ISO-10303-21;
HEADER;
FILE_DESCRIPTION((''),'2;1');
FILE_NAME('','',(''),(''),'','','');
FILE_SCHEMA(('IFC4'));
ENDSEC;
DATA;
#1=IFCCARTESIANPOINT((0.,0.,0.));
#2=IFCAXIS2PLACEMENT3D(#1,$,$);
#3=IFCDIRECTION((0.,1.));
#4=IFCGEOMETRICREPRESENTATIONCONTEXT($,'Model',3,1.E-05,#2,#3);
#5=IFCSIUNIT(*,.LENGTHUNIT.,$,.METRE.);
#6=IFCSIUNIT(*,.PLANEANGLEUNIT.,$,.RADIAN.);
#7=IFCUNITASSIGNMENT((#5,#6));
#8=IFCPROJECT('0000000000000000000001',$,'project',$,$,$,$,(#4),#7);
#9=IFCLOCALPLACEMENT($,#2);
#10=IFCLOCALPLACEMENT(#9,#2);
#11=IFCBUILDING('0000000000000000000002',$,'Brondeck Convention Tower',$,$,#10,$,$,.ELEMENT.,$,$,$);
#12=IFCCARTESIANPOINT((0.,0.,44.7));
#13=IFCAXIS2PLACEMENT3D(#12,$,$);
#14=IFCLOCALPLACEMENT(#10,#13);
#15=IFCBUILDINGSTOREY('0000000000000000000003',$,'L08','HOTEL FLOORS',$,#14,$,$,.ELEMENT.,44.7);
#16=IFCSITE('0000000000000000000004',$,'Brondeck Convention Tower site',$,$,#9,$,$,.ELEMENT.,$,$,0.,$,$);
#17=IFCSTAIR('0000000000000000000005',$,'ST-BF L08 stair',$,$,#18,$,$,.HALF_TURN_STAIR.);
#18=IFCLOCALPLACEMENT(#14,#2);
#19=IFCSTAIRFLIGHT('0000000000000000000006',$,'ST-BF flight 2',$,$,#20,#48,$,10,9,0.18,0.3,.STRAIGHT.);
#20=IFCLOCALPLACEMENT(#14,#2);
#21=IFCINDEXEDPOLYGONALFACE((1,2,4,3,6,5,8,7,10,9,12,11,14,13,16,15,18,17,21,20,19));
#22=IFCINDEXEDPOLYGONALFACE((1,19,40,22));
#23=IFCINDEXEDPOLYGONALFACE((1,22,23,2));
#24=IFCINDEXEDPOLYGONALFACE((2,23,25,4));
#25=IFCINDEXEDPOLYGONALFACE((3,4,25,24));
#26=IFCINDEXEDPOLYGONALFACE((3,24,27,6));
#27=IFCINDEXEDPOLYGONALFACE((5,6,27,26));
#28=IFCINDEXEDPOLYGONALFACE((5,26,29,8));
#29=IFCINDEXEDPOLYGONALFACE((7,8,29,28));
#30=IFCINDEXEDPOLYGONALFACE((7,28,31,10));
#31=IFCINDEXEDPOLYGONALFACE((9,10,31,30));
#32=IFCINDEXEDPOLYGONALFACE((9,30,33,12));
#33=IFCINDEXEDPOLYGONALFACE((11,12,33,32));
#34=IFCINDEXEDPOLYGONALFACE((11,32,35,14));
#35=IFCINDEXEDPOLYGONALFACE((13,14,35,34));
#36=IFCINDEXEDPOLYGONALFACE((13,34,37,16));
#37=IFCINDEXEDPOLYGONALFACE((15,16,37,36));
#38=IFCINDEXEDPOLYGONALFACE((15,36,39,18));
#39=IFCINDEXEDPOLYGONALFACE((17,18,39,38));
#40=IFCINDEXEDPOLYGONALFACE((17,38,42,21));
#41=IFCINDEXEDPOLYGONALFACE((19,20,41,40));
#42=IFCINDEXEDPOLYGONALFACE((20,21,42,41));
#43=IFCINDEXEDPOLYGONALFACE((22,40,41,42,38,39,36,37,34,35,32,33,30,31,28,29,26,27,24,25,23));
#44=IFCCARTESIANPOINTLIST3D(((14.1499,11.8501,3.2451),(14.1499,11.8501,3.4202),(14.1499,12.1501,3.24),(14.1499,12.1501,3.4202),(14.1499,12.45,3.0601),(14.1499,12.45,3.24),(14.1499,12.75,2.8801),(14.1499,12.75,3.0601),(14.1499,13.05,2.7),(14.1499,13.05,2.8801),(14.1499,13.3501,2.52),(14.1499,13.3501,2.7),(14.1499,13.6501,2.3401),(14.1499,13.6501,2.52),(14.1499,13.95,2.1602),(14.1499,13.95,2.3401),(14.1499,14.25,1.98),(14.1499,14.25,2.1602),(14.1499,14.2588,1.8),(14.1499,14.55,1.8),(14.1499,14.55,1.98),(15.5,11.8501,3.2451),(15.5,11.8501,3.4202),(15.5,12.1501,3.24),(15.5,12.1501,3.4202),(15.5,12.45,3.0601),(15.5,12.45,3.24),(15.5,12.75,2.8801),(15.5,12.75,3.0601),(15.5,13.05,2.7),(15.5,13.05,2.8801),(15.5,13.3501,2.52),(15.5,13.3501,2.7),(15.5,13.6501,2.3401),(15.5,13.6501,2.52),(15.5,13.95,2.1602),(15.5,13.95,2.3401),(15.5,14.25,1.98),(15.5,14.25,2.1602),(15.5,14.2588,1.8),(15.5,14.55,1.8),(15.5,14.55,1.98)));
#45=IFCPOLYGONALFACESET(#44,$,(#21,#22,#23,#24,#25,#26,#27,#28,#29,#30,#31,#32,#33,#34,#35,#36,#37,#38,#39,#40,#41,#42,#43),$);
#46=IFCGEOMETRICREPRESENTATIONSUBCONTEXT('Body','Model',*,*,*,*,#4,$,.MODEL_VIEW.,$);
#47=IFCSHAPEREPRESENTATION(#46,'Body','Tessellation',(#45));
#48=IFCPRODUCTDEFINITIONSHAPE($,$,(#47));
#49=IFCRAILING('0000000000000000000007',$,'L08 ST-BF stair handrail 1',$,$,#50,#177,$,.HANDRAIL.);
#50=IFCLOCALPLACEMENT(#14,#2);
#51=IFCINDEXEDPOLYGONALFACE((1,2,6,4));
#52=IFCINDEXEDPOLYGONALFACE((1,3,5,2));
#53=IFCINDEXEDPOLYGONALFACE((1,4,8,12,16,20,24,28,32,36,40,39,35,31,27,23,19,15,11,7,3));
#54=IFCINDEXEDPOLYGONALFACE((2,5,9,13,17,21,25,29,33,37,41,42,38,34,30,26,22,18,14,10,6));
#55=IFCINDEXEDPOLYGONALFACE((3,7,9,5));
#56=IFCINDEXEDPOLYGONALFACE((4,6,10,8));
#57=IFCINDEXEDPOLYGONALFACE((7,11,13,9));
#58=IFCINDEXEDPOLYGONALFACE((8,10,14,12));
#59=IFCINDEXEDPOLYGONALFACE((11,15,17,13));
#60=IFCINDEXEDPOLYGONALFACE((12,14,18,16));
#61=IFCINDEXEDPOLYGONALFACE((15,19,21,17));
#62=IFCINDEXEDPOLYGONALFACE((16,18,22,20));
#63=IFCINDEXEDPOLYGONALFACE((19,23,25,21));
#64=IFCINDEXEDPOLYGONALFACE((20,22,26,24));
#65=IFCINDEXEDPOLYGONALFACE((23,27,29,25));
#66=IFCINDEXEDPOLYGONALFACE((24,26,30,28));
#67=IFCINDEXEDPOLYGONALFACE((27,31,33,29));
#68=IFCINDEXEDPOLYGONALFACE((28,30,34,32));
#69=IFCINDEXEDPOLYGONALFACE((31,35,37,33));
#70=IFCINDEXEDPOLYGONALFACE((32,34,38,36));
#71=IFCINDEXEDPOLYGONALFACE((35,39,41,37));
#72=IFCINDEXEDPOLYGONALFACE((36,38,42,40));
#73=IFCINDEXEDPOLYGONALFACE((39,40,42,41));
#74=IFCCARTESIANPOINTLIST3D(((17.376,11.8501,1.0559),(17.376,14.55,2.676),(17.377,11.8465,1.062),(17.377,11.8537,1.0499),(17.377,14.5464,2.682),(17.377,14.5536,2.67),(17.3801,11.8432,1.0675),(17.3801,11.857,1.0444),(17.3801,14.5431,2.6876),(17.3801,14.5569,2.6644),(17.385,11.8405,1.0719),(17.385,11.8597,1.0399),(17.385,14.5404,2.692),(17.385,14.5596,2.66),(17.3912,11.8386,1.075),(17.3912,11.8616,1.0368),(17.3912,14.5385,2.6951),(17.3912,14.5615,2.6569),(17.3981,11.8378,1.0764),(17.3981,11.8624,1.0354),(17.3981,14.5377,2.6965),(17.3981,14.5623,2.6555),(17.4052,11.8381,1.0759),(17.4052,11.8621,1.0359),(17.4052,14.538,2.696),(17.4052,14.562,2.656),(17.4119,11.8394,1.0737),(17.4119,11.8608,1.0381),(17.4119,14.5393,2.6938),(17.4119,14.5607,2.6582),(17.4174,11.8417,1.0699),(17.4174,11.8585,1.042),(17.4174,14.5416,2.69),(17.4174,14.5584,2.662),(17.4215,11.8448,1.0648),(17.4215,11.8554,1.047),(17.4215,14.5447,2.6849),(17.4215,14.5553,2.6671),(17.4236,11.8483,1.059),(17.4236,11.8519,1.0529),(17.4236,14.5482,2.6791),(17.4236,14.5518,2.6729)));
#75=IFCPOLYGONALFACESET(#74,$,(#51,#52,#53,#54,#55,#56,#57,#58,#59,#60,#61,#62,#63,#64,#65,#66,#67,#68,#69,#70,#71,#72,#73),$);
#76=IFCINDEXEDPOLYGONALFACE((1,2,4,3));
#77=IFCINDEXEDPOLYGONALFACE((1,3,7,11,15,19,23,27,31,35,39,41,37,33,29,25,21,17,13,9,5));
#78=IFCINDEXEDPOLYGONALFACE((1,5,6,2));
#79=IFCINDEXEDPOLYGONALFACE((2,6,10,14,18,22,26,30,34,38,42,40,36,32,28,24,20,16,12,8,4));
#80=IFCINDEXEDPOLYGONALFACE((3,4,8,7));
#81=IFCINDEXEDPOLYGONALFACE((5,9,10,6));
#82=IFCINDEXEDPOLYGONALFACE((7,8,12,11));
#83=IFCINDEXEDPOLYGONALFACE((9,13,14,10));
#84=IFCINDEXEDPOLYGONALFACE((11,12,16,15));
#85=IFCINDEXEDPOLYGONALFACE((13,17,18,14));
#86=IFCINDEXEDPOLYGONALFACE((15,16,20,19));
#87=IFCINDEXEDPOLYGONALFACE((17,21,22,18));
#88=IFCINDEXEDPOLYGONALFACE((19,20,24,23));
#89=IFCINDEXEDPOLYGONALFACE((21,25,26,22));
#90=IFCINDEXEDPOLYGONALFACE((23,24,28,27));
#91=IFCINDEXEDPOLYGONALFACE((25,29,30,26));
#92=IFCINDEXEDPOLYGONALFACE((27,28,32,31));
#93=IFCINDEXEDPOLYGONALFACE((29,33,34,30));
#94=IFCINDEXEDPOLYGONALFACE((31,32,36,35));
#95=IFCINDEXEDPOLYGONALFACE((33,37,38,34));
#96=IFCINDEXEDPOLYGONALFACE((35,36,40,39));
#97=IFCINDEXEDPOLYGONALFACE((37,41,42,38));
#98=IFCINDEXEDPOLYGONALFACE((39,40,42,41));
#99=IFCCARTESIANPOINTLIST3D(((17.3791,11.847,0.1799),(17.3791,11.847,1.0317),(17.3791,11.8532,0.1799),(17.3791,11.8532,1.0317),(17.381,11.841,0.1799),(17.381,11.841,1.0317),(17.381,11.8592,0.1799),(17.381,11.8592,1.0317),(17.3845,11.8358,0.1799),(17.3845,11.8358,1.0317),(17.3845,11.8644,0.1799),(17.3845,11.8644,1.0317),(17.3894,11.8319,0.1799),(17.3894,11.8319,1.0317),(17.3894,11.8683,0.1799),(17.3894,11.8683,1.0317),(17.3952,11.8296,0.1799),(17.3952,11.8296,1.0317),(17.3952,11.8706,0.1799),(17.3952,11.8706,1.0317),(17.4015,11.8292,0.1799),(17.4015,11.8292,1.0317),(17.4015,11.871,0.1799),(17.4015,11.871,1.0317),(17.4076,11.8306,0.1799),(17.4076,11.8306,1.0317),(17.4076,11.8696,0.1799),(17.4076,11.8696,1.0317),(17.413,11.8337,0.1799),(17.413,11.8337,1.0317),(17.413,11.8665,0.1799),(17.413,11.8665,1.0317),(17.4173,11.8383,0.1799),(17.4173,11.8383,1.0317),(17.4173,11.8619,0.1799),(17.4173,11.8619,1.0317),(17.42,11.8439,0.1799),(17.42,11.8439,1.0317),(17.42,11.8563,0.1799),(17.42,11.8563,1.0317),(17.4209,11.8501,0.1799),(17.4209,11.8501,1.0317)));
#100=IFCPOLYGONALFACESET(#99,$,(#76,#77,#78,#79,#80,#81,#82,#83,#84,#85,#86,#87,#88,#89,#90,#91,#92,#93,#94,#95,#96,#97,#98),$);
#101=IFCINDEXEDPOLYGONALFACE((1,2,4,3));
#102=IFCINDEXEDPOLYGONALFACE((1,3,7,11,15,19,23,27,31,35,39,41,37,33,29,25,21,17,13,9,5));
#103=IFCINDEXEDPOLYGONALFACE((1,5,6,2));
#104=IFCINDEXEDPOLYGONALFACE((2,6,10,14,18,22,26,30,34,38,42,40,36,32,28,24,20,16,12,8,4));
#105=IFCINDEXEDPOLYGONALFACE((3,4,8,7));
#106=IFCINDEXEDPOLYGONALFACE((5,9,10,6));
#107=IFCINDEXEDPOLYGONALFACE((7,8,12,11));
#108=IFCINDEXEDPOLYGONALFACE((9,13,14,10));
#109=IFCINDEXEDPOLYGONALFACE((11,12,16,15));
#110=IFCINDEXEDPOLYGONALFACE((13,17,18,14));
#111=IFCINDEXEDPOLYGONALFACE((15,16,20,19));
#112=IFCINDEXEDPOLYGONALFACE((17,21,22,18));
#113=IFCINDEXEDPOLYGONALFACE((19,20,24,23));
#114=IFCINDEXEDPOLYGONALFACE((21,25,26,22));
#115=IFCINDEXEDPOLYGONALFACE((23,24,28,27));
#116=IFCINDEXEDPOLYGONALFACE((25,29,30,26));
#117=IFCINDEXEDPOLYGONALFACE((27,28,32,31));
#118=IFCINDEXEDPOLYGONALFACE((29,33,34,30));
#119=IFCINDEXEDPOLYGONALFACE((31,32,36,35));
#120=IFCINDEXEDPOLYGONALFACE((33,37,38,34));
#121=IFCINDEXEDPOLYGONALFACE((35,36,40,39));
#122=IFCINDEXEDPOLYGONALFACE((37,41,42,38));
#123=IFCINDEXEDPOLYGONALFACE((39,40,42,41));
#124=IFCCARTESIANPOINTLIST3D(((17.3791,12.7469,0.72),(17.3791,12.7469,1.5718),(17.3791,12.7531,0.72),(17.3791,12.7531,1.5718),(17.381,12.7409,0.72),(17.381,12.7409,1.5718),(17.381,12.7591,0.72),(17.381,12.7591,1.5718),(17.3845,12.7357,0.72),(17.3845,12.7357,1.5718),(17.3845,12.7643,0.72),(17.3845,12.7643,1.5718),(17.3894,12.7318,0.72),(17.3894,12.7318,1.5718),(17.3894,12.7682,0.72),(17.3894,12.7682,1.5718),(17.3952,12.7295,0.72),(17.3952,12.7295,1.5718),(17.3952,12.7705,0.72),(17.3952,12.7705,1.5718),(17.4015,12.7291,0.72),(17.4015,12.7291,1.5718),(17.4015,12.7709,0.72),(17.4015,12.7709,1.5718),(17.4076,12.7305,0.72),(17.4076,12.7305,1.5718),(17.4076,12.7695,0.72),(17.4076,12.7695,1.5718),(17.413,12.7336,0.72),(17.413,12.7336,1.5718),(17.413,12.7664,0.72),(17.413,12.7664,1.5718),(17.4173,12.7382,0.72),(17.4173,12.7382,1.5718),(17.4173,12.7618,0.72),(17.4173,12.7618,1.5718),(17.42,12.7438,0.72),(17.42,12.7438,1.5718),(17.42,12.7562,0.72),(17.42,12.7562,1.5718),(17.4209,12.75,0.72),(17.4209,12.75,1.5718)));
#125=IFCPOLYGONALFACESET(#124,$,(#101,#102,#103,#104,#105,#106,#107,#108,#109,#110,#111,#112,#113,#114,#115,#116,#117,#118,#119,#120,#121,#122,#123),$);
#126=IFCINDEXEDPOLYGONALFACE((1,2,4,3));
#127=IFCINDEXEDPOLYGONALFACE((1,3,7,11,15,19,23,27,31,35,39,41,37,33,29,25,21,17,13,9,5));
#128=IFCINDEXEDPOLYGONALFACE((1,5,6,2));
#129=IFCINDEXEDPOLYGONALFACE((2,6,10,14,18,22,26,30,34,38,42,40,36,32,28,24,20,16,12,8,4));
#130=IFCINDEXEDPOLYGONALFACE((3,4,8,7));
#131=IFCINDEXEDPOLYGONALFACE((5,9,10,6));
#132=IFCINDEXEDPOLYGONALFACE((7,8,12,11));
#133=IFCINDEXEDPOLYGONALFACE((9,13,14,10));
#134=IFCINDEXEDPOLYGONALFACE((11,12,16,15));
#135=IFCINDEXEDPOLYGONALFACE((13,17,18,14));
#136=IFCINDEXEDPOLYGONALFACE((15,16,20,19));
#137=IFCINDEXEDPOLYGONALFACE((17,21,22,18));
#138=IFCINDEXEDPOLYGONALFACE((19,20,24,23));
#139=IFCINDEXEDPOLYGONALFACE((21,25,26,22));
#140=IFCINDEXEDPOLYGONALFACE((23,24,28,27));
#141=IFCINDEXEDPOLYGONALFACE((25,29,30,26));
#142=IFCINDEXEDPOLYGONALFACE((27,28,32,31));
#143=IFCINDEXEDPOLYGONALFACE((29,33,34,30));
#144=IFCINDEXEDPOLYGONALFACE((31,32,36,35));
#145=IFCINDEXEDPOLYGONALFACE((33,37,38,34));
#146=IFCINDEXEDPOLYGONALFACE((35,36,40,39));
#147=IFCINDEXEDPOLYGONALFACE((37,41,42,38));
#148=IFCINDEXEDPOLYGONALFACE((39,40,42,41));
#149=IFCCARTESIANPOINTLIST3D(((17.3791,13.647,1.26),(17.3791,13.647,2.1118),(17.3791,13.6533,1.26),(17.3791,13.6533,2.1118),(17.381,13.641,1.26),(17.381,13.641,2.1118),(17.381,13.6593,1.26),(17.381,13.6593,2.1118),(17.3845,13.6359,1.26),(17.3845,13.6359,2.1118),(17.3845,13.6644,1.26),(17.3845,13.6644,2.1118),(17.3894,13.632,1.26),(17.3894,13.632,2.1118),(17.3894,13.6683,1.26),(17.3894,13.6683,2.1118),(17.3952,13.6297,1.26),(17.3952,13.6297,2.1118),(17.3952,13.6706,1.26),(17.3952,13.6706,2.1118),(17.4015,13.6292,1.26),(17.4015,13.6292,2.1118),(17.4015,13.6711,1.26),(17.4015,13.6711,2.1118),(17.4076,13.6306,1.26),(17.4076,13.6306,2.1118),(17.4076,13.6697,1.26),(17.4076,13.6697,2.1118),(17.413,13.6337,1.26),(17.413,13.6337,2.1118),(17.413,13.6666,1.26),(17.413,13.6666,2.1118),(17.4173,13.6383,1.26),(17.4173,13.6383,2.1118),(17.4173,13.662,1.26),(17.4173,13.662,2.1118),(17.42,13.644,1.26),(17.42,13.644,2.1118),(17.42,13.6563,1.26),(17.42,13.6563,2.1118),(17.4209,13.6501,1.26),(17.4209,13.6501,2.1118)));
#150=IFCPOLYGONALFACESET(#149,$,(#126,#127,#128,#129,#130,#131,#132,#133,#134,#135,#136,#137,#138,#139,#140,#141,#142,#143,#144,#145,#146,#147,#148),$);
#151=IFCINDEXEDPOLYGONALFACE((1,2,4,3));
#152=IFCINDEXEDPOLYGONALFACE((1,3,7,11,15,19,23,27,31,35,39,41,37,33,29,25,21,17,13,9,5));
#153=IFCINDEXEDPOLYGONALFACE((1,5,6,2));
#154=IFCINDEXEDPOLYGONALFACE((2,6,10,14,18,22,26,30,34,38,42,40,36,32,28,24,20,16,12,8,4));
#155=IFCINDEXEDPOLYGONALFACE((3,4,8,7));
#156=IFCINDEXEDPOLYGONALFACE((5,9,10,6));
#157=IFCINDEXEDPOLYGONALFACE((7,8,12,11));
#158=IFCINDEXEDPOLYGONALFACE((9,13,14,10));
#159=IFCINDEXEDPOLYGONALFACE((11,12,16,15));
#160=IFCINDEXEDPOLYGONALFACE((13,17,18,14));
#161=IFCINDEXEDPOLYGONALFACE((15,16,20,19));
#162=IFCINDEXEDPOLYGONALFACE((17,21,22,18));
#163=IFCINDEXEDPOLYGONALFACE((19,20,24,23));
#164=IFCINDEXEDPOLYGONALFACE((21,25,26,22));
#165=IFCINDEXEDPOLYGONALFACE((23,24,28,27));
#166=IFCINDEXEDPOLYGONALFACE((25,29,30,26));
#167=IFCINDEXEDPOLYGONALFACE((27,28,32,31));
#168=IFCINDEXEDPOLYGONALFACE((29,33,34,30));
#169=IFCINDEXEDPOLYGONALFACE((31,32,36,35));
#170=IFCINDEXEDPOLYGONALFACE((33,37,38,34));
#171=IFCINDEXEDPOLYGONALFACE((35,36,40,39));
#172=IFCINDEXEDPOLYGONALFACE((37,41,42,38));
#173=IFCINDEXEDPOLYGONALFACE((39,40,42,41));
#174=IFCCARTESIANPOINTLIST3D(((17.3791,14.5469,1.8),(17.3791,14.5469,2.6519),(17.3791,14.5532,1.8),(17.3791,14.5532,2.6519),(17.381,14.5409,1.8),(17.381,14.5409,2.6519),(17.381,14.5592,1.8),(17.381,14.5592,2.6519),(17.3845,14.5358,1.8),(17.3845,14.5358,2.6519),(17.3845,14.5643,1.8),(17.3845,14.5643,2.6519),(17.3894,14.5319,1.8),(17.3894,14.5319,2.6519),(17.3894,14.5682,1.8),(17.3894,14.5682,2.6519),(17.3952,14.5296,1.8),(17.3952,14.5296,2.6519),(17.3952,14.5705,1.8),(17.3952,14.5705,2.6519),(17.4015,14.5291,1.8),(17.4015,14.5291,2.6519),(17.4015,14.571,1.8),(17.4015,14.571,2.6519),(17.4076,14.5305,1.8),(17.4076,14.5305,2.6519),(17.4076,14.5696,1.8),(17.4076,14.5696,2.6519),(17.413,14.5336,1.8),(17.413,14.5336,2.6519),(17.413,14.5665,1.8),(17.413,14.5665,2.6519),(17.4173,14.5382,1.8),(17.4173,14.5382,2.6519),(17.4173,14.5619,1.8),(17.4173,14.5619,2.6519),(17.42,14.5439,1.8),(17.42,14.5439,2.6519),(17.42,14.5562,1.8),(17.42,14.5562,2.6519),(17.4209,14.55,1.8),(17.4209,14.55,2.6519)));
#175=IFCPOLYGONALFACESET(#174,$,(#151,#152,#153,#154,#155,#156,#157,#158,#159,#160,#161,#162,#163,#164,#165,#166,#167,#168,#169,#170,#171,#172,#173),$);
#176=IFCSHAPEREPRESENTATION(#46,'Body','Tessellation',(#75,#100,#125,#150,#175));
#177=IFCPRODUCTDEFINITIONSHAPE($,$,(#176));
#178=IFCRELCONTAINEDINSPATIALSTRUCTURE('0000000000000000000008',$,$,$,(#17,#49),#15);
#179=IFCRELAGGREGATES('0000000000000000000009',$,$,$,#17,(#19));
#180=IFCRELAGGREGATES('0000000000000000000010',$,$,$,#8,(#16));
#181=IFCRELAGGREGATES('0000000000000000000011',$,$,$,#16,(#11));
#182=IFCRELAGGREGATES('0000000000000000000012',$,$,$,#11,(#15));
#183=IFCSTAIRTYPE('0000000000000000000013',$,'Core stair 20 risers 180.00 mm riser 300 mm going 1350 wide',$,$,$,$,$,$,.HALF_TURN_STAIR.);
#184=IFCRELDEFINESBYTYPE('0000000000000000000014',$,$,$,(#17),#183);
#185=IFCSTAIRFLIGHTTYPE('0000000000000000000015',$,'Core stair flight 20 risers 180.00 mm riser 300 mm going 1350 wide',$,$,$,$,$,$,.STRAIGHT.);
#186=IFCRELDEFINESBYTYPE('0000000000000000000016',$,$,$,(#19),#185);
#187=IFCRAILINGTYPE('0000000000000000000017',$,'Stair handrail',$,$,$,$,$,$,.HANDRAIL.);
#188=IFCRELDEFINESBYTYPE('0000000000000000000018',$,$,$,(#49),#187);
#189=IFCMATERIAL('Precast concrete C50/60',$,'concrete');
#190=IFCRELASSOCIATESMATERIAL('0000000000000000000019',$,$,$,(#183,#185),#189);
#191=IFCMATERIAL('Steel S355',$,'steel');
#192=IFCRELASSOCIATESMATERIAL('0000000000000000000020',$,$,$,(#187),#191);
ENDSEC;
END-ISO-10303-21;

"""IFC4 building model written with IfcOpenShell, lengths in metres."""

from ifc_helpers import new_model, si_unit, direction, frame, origin, origin_2d, place, context, subcontext, project, spatial, polyline, circle, outline, extrude, material, type_object, element, aggregate, save


model = new_model("IFC4")

# Units and contexts
model_context = context("Model", 3, precision=1e-05, world=origin(), true_north=direction((0.0, 1.0)))
body_context = subcontext(model_context, "Body", "Model", "MODEL_VIEW")
ifc_project = project(units=[si_unit("LENGTHUNIT", "METRE"), si_unit("PLANEANGLEUNIT", "RADIAN")], contexts=[model_context])

# Site, building, storey
site_placement = place(None, origin())
site = spatial("IfcSite", under=ifc_project, at=site_placement, Name="Brondeck Convention Tower site", CompositionType="ELEMENT", RefElevation=0.0)
building_placement = place(site_placement, origin())
building = spatial("IfcBuilding", under=site, at=building_placement, Name="Brondeck Convention Tower", CompositionType="ELEMENT")
storey_placement = place(building_placement, frame((0.0, 0.0, 44.7)))
storey = spatial("IfcBuildingStorey", under=building, at=storey_placement, Name="L08", Description="HOTEL FLOORS", CompositionType="ELEMENT", Elevation=44.7)

# Shared definitions
ifc_material_1 = material(Name="Steel S355", Category="steel")

# Stair, stair flight
ifc_material_2 = material(Name="Precast concrete C50/60", Category="concrete")
stair_type = type_object("IfcStairType", Name="Core stair 20 risers 180.00 mm riser 300 mm going 1350 wide", PredefinedType="HALF_TURN_STAIR", material=ifc_material_2)
stair_placement = place(storey_placement, origin())
stair = element("IfcStair", 1, at=stair_placement, inside=storey, type_object=stair_type, Name="ST-BF L08 stair", PredefinedType="HALF_TURN_STAIR")
stair_flight_type = type_object("IfcStairFlightType", Name="Core stair flight 20 risers 180.00 mm riser 300 mm going 1350 wide", PredefinedType="STRAIGHT", material=ifc_material_2)
stair_flight_1_placement = place(storey_placement, frame((14.825, 14.55, 1.8), z_axis=(0.0, 0.0, 1.0), x_axis=(0.0, -1.0, 0.0)))
stair_flight_1 = element("IfcStairFlight", 2, at=stair_flight_1_placement, type_object=stair_flight_type, Name="ST-BF flight 2", NumberOfRisers=10, NumberOfTreads=9, PredefinedType="STRAIGHT", RiserHeight=0.18, TreadLength=0.3, context=body_context, shape_type="SweptSolid", body=[
    extrude(outline(polyline([(0.0, 0.0), (0.0, 0.1799), (0.3, 0.1799), (0.3, 0.3601), (0.6001, 0.3601), (0.6001, 0.54), (0.8999, 0.54), (0.8999, 0.72), (1.2, 0.72), (1.2, 0.8999), (1.5, 0.8999), (1.5, 1.0801), (1.8, 1.0801), (1.8, 1.26), (2.1001, 1.26), (2.1001, 1.4399), (2.3999, 1.4399), (2.3999, 1.6201), (2.7, 1.6201), (2.7, 1.8), (2.7, 1.4451), (0.2913, 0.0), (0.0, 0.0)])), frame((0.0, 0.675, 0.0), z_axis=(0.0, -1.0, 0.0), x_axis=(1.0, 0.0, 0.0)), (0.0, 0.0, 1.0), 1.3501),
])
aggregate(stair, [stair_flight_1])

# Railing
railing_type_1 = type_object("IfcRailingType", Name="Stair handrail", PredefinedType="HANDRAIL", material=ifc_material_1)
railing_1_placement = place(storey_placement, frame((17.3999, 11.8501, 0.1799)))
element("IfcRailing", 3, at=railing_1_placement, inside=storey, type_object=railing_type_1, Name="L08 ST-BF stair handrail 1", PredefinedType="HANDRAIL", context=body_context, shape_type="SweptSolid", body=[
    extrude(circle(Radius=0.0239, at=origin_2d()), frame((0.0, 0.0, 0.876), z_axis=(0.0, 0.857472, 0.51453), x_axis=(-1.0, 0.0, 0.0)), (0.0, 0.0, 1.0), 3.1487),
    extrude(circle(Radius=0.021, at=origin_2d()), origin(), (0.0, 0.0, 1.0), 0.8518),
    extrude(circle(Radius=0.021, at=origin_2d()), frame((0.0, 0.8999, 0.54)), (0.0, 0.0, 1.0), 0.8518),
    extrude(circle(Radius=0.021, at=origin_2d()), frame((0.0, 1.8, 1.0801)), (0.0, 0.0, 1.0), 0.8518),
    extrude(circle(Radius=0.021, at=origin_2d()), frame((0.0, 2.7, 1.6201)), (0.0, 0.0, 1.0), 0.8518),
])

save(model, "model.ifc")
